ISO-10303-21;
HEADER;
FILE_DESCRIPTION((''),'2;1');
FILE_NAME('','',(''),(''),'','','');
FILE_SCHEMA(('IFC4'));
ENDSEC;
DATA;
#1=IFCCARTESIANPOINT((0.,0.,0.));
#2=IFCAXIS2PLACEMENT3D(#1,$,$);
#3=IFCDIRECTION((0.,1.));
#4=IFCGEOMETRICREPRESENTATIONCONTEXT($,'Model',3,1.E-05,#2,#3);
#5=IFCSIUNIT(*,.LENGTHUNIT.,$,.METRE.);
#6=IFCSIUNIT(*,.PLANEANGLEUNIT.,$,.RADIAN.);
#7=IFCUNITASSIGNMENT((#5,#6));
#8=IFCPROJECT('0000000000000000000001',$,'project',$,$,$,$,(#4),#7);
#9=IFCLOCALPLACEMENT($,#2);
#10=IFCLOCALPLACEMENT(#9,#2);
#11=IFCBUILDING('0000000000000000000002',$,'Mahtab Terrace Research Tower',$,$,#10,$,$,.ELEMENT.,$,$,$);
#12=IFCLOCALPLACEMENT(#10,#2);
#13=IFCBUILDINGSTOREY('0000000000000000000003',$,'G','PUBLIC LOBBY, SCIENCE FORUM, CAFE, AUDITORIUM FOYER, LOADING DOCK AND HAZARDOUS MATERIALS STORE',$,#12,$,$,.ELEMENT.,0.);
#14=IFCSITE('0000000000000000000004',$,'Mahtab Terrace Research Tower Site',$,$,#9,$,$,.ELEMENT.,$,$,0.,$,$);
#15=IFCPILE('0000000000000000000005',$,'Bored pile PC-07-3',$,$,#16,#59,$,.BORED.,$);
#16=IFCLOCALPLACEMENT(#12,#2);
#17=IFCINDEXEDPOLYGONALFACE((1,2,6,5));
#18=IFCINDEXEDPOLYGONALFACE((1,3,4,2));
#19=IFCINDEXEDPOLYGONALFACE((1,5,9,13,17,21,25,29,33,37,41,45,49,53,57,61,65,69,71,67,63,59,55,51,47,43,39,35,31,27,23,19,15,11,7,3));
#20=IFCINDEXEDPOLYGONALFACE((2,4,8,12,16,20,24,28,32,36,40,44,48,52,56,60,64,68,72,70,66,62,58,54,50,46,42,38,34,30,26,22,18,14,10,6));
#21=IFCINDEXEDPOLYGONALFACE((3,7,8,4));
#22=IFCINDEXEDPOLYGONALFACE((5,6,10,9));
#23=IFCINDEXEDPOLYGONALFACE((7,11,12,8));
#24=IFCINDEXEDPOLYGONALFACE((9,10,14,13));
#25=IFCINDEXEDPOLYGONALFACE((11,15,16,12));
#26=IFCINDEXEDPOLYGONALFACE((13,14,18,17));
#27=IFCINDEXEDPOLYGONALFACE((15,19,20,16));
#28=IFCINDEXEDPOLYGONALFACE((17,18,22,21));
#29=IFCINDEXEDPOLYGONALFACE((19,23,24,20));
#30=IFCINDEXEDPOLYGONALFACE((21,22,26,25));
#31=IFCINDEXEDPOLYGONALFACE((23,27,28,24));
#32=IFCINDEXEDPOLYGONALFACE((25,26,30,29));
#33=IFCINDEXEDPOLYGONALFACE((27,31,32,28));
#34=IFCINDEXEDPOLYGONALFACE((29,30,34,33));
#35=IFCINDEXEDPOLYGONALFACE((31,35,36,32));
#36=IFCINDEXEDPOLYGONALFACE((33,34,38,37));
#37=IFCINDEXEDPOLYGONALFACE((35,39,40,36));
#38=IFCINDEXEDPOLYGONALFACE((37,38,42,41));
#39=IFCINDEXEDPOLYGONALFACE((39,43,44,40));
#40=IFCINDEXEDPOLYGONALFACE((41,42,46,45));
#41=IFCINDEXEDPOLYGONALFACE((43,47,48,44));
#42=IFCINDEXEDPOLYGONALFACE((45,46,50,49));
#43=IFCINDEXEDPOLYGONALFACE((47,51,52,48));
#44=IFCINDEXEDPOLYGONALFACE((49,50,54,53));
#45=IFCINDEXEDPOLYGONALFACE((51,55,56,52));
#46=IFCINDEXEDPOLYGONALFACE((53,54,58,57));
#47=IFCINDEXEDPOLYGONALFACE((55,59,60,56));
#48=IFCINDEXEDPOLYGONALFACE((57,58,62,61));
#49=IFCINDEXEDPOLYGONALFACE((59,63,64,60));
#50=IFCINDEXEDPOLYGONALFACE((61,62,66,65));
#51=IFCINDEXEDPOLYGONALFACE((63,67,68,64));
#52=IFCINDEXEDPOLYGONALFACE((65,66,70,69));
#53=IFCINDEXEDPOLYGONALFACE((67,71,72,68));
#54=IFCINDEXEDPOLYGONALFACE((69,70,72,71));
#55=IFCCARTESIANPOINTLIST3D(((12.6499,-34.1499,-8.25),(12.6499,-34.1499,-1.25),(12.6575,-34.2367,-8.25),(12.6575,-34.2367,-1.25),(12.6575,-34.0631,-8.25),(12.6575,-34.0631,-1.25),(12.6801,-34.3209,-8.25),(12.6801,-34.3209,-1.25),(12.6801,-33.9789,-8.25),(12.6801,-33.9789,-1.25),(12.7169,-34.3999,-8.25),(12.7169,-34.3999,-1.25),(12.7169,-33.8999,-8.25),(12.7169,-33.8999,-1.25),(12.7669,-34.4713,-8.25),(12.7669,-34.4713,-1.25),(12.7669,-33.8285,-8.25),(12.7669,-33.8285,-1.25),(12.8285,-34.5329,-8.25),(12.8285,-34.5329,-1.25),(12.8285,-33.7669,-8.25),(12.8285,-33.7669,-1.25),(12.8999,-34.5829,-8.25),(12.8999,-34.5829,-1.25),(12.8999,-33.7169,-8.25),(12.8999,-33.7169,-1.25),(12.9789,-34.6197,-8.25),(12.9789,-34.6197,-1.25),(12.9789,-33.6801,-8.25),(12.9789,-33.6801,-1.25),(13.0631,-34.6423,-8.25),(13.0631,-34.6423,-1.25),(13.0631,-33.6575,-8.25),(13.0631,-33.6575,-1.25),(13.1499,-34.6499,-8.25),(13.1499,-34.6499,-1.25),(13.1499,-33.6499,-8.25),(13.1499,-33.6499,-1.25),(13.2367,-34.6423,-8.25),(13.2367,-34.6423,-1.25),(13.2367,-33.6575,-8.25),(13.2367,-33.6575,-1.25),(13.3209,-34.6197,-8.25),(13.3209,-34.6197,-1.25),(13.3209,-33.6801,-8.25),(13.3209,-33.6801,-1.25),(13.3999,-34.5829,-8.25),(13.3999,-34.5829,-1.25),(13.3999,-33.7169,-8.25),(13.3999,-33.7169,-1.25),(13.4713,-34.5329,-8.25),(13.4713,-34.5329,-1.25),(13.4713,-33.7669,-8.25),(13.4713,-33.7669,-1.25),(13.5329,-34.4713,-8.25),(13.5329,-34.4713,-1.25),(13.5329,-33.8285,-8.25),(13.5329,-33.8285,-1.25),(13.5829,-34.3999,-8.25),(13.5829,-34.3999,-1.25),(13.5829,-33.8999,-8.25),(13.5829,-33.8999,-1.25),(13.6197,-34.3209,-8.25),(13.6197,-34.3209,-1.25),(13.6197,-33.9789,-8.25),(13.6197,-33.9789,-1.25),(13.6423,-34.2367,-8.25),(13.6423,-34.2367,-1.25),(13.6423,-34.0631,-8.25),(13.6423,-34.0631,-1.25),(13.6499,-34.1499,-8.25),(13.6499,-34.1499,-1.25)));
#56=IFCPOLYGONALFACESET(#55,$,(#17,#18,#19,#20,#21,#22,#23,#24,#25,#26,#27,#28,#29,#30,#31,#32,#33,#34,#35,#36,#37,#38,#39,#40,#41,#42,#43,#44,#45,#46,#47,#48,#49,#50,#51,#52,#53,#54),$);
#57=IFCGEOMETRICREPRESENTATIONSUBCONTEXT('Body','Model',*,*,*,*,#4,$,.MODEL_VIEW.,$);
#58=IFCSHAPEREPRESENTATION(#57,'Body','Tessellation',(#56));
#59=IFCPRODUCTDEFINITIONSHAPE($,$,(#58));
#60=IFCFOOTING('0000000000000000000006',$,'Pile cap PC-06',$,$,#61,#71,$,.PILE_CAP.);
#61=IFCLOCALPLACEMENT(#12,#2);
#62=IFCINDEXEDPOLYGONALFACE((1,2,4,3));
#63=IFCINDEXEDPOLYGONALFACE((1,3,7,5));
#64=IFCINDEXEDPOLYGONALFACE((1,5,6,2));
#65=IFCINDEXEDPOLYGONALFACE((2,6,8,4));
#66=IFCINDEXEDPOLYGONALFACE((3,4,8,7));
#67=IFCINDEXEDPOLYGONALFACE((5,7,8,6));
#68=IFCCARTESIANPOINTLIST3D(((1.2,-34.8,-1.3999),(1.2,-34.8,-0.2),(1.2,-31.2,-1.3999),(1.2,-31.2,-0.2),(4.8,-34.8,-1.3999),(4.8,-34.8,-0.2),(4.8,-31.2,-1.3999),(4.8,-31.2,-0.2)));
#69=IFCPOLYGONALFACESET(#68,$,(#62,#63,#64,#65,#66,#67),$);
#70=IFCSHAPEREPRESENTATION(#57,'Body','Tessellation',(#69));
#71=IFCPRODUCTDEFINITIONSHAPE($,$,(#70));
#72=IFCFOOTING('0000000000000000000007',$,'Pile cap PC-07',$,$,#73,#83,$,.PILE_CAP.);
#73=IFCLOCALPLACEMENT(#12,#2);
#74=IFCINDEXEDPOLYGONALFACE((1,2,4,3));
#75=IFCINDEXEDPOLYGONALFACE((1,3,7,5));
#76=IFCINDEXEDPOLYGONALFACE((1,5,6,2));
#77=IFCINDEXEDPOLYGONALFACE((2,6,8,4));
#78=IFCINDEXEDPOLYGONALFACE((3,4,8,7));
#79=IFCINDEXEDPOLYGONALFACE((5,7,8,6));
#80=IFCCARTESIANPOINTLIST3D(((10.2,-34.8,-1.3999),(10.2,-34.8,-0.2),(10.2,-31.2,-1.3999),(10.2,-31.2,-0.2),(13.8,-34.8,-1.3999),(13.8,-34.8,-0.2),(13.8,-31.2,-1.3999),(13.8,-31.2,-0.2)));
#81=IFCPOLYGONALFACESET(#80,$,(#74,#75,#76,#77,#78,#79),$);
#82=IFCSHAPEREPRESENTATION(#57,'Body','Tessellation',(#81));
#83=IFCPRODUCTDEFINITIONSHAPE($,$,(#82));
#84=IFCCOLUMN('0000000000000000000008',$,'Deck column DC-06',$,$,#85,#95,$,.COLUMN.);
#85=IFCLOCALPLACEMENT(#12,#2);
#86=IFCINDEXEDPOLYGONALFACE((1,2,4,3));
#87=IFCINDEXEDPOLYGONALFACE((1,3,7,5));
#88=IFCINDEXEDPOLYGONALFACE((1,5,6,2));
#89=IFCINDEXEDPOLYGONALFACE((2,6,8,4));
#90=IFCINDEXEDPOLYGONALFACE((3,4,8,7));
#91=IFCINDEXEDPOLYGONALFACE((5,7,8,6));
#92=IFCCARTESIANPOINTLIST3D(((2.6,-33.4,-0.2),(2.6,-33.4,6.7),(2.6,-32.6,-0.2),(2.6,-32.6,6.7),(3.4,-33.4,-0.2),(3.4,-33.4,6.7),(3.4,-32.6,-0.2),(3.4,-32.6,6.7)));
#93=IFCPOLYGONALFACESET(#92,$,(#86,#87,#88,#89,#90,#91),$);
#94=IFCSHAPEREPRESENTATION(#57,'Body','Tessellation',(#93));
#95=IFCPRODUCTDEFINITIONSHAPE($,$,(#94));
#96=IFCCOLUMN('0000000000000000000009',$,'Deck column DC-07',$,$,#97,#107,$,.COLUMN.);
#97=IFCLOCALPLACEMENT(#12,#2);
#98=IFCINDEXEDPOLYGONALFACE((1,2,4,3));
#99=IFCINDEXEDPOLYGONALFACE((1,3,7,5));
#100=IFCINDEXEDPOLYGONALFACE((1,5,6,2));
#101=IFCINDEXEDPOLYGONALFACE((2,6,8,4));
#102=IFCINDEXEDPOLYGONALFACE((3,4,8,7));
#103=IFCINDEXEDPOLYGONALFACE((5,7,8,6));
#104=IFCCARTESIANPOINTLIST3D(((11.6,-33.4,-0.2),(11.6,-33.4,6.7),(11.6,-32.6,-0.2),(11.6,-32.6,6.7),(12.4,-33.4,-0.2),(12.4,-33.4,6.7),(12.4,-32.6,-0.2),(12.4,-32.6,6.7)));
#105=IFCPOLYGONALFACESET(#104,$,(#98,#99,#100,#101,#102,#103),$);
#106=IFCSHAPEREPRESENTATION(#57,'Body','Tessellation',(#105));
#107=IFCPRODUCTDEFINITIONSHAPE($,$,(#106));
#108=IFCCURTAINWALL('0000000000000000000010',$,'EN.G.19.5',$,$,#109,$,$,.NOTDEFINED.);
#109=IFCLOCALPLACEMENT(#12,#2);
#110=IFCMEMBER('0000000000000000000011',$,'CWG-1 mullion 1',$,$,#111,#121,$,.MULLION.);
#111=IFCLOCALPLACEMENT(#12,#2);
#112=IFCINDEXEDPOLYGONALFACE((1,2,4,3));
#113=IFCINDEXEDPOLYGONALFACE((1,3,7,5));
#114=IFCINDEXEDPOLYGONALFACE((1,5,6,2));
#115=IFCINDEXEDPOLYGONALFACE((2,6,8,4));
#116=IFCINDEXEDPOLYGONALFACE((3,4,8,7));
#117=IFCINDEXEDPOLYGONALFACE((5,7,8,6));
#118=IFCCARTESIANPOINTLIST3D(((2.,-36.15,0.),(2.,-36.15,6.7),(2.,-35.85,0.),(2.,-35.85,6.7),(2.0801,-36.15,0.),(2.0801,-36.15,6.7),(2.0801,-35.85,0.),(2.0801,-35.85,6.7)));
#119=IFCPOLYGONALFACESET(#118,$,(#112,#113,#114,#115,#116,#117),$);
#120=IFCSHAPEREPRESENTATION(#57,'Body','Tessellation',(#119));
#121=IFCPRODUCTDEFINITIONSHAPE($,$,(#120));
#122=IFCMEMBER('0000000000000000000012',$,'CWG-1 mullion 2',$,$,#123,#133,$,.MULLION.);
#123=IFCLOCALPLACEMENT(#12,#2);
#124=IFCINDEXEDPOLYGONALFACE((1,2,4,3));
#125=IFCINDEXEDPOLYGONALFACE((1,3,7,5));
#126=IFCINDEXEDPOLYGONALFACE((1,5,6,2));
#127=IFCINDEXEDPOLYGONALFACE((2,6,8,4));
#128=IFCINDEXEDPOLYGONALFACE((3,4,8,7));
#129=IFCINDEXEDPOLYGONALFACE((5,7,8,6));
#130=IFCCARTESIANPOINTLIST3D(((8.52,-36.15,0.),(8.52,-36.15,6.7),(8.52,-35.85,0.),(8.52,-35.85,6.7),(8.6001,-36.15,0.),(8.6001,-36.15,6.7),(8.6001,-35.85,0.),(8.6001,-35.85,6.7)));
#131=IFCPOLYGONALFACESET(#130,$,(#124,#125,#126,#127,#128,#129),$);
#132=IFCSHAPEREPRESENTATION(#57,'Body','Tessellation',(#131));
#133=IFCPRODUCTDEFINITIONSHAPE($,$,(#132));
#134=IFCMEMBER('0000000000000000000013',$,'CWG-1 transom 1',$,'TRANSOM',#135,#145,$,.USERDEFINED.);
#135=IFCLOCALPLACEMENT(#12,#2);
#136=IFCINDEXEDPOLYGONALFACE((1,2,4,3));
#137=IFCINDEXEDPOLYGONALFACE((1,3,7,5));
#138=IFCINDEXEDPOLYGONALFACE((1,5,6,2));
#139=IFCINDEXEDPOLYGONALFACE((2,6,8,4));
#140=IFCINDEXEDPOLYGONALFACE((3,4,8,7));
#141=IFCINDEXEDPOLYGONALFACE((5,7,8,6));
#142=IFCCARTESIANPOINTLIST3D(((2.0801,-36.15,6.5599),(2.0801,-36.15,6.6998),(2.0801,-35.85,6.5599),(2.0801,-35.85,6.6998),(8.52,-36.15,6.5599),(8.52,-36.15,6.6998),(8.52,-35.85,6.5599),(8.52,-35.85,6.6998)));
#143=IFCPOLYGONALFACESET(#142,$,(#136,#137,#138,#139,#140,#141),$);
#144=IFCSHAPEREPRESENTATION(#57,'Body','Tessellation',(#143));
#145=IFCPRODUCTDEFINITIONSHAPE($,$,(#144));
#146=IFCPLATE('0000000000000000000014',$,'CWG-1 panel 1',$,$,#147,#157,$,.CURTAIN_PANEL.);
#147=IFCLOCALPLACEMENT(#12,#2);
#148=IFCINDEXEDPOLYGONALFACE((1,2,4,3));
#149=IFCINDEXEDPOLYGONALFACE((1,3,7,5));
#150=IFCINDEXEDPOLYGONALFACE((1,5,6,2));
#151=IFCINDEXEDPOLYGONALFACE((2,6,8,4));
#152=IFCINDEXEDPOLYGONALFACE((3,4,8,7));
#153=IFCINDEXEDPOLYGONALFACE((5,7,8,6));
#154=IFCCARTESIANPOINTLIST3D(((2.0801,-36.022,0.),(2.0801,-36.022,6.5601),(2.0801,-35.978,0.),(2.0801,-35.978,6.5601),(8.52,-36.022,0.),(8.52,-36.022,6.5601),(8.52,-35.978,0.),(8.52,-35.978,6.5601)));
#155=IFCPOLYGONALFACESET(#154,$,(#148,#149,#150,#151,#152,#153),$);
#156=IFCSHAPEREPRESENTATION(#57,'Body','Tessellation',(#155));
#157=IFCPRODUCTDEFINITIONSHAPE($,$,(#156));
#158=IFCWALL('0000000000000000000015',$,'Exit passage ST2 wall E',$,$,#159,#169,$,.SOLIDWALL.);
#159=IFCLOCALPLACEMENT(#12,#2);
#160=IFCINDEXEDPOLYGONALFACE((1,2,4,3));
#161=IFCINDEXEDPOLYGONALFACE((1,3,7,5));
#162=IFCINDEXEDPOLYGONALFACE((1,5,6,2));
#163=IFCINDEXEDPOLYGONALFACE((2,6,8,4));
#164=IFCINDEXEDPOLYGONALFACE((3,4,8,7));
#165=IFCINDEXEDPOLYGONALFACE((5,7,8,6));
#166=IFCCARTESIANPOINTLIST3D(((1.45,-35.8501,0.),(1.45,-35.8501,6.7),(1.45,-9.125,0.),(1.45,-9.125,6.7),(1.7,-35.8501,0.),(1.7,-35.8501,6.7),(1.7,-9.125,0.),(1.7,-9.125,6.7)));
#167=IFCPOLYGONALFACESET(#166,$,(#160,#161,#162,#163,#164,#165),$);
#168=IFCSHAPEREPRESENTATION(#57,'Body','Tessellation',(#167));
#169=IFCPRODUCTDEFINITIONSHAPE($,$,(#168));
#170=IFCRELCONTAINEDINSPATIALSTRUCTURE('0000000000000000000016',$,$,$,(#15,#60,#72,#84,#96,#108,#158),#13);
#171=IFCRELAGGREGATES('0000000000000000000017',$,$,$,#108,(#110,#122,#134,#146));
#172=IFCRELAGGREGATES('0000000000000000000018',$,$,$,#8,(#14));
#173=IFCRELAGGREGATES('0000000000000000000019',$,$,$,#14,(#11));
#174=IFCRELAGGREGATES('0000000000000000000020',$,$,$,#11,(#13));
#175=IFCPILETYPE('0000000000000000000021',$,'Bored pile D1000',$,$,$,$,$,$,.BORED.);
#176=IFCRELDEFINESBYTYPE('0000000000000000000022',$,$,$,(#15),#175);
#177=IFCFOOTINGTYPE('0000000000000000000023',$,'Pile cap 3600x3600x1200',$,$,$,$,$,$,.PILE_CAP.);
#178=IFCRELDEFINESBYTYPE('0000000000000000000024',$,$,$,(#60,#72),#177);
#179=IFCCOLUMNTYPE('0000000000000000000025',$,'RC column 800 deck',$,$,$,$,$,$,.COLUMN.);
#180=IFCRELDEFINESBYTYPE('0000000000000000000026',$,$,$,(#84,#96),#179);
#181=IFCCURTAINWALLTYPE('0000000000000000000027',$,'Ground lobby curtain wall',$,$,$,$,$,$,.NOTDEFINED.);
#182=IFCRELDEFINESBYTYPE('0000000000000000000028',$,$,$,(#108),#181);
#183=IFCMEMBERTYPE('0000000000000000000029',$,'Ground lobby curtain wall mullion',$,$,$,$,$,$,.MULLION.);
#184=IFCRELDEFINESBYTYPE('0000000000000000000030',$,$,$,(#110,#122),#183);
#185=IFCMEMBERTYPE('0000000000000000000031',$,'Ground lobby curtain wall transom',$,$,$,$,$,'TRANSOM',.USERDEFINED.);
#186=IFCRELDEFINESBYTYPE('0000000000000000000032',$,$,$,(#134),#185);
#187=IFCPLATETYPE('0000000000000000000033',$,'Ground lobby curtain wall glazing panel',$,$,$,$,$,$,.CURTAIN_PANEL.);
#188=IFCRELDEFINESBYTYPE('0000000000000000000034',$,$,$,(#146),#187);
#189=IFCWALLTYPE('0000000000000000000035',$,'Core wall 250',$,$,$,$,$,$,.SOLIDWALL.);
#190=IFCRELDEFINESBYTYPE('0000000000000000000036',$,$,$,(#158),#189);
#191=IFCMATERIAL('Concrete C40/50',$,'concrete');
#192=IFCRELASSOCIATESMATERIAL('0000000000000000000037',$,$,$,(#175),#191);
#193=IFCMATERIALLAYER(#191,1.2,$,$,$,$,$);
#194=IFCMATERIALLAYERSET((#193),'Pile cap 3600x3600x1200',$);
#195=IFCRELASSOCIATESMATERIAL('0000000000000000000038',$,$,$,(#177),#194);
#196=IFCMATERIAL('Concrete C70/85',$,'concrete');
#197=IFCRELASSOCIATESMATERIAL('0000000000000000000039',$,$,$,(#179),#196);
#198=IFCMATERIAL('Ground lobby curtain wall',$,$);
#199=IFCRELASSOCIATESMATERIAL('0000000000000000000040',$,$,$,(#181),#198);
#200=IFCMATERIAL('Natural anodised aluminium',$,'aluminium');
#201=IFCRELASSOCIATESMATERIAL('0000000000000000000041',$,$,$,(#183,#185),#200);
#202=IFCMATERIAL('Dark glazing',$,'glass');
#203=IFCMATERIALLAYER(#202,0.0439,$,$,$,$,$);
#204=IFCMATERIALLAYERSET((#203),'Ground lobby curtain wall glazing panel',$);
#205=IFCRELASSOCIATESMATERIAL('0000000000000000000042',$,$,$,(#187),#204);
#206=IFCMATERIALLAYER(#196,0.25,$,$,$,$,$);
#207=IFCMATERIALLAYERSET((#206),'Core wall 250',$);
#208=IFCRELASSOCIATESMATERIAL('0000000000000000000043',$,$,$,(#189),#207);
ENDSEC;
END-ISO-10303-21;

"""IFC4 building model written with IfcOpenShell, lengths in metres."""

from ifc_helpers import new_model, si_unit, direction, frame, frame_2d, origin, origin_2d, place, context, subcontext, project, spatial, rectangle, circle, extrude, material, layer, layer_set, material_profile, profile_set, type_object, element, aggregate, save


model = new_model("IFC4")

# Units and contexts
model_context = context("Model", 3, precision=1e-05, world=origin(), true_north=direction((0.0, 1.0)))
body_context = subcontext(model_context, "Body", "Model", "MODEL_VIEW")
ifc_project = project(units=[si_unit("LENGTHUNIT", "METRE"), si_unit("PLANEANGLEUNIT", "RADIAN")], contexts=[model_context])

# Site, building, storey
site_placement = place(None, origin())
site = spatial("IfcSite", under=ifc_project, at=site_placement, Name="Mahtab Terrace Research Tower Site", CompositionType="ELEMENT", RefElevation=0.0)
building_placement = place(site_placement, origin())
building = spatial("IfcBuilding", under=site, at=building_placement, Name="Mahtab Terrace Research Tower", CompositionType="ELEMENT")
storey_placement = place(building_placement, origin())
storey = spatial("IfcBuildingStorey", under=building, at=storey_placement, Name="G", Description="PUBLIC LOBBY, SCIENCE FORUM, CAFE, AUDITORIUM FOYER, LOADING DOCK AND HAZARDOUS MATERIALS STORE", CompositionType="ELEMENT", Elevation=0.0)

# Pile
ifc_material_1 = material(Name="Concrete C40/50", Category="concrete")
ifc_material_profile_1 = material_profile(ifc_material_1, circle(Radius=0.5, at=origin_2d()), Name="Bored pile D1000")
ifc_profile_set_1 = profile_set([ifc_material_profile_1], Name="Concrete C40/50")
pile_type = type_object("IfcPileType", Name="Bored pile D1000", PredefinedType="BORED", material=ifc_profile_set_1)
for number, where, z_axis, x_axis, name in (
    (1, (13.1499, -34.1499, -1.25), (0.0, 0.0, -1.0), (1.0, 0.0, 0.0), "Bored pile PC-07-3"),
):
    element("IfcPile", number, at=place(storey_placement, frame(where, z_axis=z_axis, x_axis=x_axis)), inside=storey, type_object=pile_type, Name=name, PredefinedType="BORED", context=body_context, shape_type="SweptSolid", body=[
        extrude(circle(Radius=0.5, at=origin_2d()), origin(), (0.0, 0.0, 1.0), 7.0),
    ])

# Footings
ifc_layer_1 = layer(ifc_material_1, 1.2)
ifc_layer_set_1 = layer_set([ifc_layer_1], Name="Pile cap 3600x3600x1200")
footing_type = type_object("IfcFootingType", Name="Pile cap 3600x3600x1200", PredefinedType="PILE_CAP", material=ifc_layer_set_1)
for number, where, z_axis, x_axis, name in (
    (2, (3.0, -33.0, -1.3999), (0.0, 0.0, 1.0), (1.0, 0.0, 0.0), "Pile cap PC-06"),
    (3, (12.0, -33.0, -1.3999), (0.0, 0.0, 1.0), (1.0, 0.0, 0.0), "Pile cap PC-07"),
):
    element("IfcFooting", number, at=place(storey_placement, frame(where, z_axis=z_axis, x_axis=x_axis)), inside=storey, type_object=footing_type, Name=name, PredefinedType="PILE_CAP", context=body_context, shape_type="SweptSolid", body=[
        extrude(rectangle(XDim=3.6001, YDim=3.6001, at=origin_2d()), origin(), (0.0, 0.0, 1.0), 1.2),
    ])

# Columns
ifc_material_2 = material(Name="Concrete C70/85", Category="concrete")
ifc_material_profile_2 = material_profile(ifc_material_2, rectangle(XDim=0.8, YDim=0.8, at=origin_2d()), Name="RC column 800 deck")
ifc_profile_set_2 = profile_set([ifc_material_profile_2], Name="Concrete C70/85")
column_type = type_object("IfcColumnType", Name="RC column 800 deck", PredefinedType="COLUMN", material=ifc_profile_set_2)
for number, where, z_axis, x_axis, name in (
    (4, (3.0, -33.0, -0.2), (0.0, 0.0, 1.0), (1.0, 0.0, 0.0), "Deck column DC-06"),
    (5, (12.0, -33.0, -0.2), (0.0, 0.0, 1.0), (1.0, 0.0, 0.0), "Deck column DC-07"),
):
    element("IfcColumn", number, at=place(storey_placement, frame(where, z_axis=z_axis, x_axis=x_axis)), inside=storey, type_object=column_type, Name=name, PredefinedType="COLUMN", context=body_context, shape_type="SweptSolid", body=[
        extrude(rectangle(XDim=0.8, YDim=0.8, at=origin_2d()), origin(), (0.0, 0.0, 1.0), 6.8999),
    ])

# Curtain wall, members, plate
ifc_material_3 = material(Name="Ground lobby curtain wall")
curtain_wall_type = type_object("IfcCurtainWallType", Name="Ground lobby curtain wall", PredefinedType="NOTDEFINED", material=ifc_material_3)
curtain_wall_placement = place(storey_placement, origin())
curtain_wall = element("IfcCurtainWall", 6, at=curtain_wall_placement, inside=storey, type_object=curtain_wall_type, Name="EN.G.19.5", PredefinedType="NOTDEFINED")
ifc_material_4 = material(Name="Natural anodised aluminium", Category="aluminium")
ifc_material_profile_3 = material_profile(ifc_material_4, rectangle(XDim=0.3, YDim=0.0801, at=origin_2d()), Name="MULLION 80x300")
ifc_profile_set_3 = profile_set([ifc_material_profile_3], Name="Natural anodised aluminium")
member_type_1 = type_object("IfcMemberType", Name="Ground lobby curtain wall mullion", PredefinedType="MULLION", material=ifc_profile_set_3)
member_1_placement = place(storey_placement, frame((2.04, -36.0, 0.0), z_axis=(0.0, 0.0, 1.0), x_axis=(0.0, 1.0, 0.0)))
member_1 = element("IfcMember", 7, at=member_1_placement, type_object=member_type_1, Name="CWG-1 mullion 1", PredefinedType="MULLION", context=body_context, shape_type="SweptSolid", body=[
    extrude(rectangle(XDim=0.3, YDim=0.0801, at=origin_2d()), origin(), (0.0, 0.0, 1.0), 6.7),
])
member_2_placement = place(storey_placement, frame((8.5601, -36.0, 0.0), z_axis=(0.0, 0.0, 1.0), x_axis=(0.0, 1.0, 0.0)))
member_2 = element("IfcMember", 8, at=member_2_placement, type_object=member_type_1, Name="CWG-1 mullion 2", PredefinedType="MULLION", context=body_context, shape_type="SweptSolid", body=[
    extrude(rectangle(XDim=0.3, YDim=0.0801, at=origin_2d()), origin(), (0.0, 0.0, 1.0), 6.7),
])
ifc_material_profile_4 = material_profile(ifc_material_4, rectangle(XDim=0.3, YDim=0.1399, at=origin_2d()), Name="TRANSOM 140x300")
ifc_profile_set_4 = profile_set([ifc_material_profile_4], Name="Natural anodised aluminium")
member_type_2 = type_object("IfcMemberType", Name="Ground lobby curtain wall transom", ElementType="TRANSOM", PredefinedType="USERDEFINED", material=ifc_profile_set_4)
member_3_placement = place(storey_placement, frame((2.0801, -36.0, 6.6299), z_axis=(1.0, 0.0, 0.0), x_axis=(0.0, 1.0, 0.0)))
member_3 = element("IfcMember", 9, at=member_3_placement, type_object=member_type_2, Name="CWG-1 transom 1", ObjectType="TRANSOM", PredefinedType="USERDEFINED", context=body_context, shape_type="SweptSolid", body=[
    extrude(rectangle(XDim=0.3, YDim=0.1399, at=origin_2d()), origin(), (0.0, 0.0, 1.0), 6.4399),
])
ifc_material_5 = material(Name="Dark glazing", Category="glass")
ifc_layer_2 = layer(ifc_material_5, 0.0439)
ifc_layer_set_2 = layer_set([ifc_layer_2], Name="Ground lobby curtain wall glazing panel")
plate_type = type_object("IfcPlateType", Name="Ground lobby curtain wall glazing panel", PredefinedType="CURTAIN_PANEL", material=ifc_layer_set_2)
plate_placement = place(storey_placement, frame((5.3, -36.0, 0.0), z_axis=(0.0, 0.0, 1.0), x_axis=(1.0, 0.0, 0.0)))
plate = element("IfcPlate", 10, at=plate_placement, type_object=plate_type, Name="CWG-1 panel 1", PredefinedType="CURTAIN_PANEL", context=body_context, shape_type="SweptSolid", body=[
    extrude(rectangle(XDim=6.4399, YDim=0.0439, at=origin_2d()), origin(), (0.0, 0.0, 1.0), 6.5601),
])
aggregate(curtain_wall, [member_1, member_2, member_3, plate])

# Wall
ifc_layer_3 = layer(ifc_material_2, 0.25)
ifc_layer_set_3 = layer_set([ifc_layer_3], Name="Core wall 250")
wall_type_1 = type_object("IfcWallType", Name="Core wall 250", PredefinedType="SOLIDWALL", material=ifc_layer_set_3)
wall_1_placement = place(storey_placement, frame((1.575, -35.8501, 0.0), z_axis=(0.0, 0.0, 1.0), x_axis=(0.0, 1.0, 0.0)))
element("IfcWall", 11, at=wall_1_placement, inside=storey, type_object=wall_type_1, Name="Exit passage ST2 wall E", PredefinedType="SOLIDWALL", context=body_context, shape_type="SweptSolid", body=[
    extrude(rectangle(XDim=26.7251, YDim=0.25, at=frame_2d((13.3625, 0.0))), origin(), (0.0, 0.0, 1.0), 6.7),
])

save(model, "model.ifc")
